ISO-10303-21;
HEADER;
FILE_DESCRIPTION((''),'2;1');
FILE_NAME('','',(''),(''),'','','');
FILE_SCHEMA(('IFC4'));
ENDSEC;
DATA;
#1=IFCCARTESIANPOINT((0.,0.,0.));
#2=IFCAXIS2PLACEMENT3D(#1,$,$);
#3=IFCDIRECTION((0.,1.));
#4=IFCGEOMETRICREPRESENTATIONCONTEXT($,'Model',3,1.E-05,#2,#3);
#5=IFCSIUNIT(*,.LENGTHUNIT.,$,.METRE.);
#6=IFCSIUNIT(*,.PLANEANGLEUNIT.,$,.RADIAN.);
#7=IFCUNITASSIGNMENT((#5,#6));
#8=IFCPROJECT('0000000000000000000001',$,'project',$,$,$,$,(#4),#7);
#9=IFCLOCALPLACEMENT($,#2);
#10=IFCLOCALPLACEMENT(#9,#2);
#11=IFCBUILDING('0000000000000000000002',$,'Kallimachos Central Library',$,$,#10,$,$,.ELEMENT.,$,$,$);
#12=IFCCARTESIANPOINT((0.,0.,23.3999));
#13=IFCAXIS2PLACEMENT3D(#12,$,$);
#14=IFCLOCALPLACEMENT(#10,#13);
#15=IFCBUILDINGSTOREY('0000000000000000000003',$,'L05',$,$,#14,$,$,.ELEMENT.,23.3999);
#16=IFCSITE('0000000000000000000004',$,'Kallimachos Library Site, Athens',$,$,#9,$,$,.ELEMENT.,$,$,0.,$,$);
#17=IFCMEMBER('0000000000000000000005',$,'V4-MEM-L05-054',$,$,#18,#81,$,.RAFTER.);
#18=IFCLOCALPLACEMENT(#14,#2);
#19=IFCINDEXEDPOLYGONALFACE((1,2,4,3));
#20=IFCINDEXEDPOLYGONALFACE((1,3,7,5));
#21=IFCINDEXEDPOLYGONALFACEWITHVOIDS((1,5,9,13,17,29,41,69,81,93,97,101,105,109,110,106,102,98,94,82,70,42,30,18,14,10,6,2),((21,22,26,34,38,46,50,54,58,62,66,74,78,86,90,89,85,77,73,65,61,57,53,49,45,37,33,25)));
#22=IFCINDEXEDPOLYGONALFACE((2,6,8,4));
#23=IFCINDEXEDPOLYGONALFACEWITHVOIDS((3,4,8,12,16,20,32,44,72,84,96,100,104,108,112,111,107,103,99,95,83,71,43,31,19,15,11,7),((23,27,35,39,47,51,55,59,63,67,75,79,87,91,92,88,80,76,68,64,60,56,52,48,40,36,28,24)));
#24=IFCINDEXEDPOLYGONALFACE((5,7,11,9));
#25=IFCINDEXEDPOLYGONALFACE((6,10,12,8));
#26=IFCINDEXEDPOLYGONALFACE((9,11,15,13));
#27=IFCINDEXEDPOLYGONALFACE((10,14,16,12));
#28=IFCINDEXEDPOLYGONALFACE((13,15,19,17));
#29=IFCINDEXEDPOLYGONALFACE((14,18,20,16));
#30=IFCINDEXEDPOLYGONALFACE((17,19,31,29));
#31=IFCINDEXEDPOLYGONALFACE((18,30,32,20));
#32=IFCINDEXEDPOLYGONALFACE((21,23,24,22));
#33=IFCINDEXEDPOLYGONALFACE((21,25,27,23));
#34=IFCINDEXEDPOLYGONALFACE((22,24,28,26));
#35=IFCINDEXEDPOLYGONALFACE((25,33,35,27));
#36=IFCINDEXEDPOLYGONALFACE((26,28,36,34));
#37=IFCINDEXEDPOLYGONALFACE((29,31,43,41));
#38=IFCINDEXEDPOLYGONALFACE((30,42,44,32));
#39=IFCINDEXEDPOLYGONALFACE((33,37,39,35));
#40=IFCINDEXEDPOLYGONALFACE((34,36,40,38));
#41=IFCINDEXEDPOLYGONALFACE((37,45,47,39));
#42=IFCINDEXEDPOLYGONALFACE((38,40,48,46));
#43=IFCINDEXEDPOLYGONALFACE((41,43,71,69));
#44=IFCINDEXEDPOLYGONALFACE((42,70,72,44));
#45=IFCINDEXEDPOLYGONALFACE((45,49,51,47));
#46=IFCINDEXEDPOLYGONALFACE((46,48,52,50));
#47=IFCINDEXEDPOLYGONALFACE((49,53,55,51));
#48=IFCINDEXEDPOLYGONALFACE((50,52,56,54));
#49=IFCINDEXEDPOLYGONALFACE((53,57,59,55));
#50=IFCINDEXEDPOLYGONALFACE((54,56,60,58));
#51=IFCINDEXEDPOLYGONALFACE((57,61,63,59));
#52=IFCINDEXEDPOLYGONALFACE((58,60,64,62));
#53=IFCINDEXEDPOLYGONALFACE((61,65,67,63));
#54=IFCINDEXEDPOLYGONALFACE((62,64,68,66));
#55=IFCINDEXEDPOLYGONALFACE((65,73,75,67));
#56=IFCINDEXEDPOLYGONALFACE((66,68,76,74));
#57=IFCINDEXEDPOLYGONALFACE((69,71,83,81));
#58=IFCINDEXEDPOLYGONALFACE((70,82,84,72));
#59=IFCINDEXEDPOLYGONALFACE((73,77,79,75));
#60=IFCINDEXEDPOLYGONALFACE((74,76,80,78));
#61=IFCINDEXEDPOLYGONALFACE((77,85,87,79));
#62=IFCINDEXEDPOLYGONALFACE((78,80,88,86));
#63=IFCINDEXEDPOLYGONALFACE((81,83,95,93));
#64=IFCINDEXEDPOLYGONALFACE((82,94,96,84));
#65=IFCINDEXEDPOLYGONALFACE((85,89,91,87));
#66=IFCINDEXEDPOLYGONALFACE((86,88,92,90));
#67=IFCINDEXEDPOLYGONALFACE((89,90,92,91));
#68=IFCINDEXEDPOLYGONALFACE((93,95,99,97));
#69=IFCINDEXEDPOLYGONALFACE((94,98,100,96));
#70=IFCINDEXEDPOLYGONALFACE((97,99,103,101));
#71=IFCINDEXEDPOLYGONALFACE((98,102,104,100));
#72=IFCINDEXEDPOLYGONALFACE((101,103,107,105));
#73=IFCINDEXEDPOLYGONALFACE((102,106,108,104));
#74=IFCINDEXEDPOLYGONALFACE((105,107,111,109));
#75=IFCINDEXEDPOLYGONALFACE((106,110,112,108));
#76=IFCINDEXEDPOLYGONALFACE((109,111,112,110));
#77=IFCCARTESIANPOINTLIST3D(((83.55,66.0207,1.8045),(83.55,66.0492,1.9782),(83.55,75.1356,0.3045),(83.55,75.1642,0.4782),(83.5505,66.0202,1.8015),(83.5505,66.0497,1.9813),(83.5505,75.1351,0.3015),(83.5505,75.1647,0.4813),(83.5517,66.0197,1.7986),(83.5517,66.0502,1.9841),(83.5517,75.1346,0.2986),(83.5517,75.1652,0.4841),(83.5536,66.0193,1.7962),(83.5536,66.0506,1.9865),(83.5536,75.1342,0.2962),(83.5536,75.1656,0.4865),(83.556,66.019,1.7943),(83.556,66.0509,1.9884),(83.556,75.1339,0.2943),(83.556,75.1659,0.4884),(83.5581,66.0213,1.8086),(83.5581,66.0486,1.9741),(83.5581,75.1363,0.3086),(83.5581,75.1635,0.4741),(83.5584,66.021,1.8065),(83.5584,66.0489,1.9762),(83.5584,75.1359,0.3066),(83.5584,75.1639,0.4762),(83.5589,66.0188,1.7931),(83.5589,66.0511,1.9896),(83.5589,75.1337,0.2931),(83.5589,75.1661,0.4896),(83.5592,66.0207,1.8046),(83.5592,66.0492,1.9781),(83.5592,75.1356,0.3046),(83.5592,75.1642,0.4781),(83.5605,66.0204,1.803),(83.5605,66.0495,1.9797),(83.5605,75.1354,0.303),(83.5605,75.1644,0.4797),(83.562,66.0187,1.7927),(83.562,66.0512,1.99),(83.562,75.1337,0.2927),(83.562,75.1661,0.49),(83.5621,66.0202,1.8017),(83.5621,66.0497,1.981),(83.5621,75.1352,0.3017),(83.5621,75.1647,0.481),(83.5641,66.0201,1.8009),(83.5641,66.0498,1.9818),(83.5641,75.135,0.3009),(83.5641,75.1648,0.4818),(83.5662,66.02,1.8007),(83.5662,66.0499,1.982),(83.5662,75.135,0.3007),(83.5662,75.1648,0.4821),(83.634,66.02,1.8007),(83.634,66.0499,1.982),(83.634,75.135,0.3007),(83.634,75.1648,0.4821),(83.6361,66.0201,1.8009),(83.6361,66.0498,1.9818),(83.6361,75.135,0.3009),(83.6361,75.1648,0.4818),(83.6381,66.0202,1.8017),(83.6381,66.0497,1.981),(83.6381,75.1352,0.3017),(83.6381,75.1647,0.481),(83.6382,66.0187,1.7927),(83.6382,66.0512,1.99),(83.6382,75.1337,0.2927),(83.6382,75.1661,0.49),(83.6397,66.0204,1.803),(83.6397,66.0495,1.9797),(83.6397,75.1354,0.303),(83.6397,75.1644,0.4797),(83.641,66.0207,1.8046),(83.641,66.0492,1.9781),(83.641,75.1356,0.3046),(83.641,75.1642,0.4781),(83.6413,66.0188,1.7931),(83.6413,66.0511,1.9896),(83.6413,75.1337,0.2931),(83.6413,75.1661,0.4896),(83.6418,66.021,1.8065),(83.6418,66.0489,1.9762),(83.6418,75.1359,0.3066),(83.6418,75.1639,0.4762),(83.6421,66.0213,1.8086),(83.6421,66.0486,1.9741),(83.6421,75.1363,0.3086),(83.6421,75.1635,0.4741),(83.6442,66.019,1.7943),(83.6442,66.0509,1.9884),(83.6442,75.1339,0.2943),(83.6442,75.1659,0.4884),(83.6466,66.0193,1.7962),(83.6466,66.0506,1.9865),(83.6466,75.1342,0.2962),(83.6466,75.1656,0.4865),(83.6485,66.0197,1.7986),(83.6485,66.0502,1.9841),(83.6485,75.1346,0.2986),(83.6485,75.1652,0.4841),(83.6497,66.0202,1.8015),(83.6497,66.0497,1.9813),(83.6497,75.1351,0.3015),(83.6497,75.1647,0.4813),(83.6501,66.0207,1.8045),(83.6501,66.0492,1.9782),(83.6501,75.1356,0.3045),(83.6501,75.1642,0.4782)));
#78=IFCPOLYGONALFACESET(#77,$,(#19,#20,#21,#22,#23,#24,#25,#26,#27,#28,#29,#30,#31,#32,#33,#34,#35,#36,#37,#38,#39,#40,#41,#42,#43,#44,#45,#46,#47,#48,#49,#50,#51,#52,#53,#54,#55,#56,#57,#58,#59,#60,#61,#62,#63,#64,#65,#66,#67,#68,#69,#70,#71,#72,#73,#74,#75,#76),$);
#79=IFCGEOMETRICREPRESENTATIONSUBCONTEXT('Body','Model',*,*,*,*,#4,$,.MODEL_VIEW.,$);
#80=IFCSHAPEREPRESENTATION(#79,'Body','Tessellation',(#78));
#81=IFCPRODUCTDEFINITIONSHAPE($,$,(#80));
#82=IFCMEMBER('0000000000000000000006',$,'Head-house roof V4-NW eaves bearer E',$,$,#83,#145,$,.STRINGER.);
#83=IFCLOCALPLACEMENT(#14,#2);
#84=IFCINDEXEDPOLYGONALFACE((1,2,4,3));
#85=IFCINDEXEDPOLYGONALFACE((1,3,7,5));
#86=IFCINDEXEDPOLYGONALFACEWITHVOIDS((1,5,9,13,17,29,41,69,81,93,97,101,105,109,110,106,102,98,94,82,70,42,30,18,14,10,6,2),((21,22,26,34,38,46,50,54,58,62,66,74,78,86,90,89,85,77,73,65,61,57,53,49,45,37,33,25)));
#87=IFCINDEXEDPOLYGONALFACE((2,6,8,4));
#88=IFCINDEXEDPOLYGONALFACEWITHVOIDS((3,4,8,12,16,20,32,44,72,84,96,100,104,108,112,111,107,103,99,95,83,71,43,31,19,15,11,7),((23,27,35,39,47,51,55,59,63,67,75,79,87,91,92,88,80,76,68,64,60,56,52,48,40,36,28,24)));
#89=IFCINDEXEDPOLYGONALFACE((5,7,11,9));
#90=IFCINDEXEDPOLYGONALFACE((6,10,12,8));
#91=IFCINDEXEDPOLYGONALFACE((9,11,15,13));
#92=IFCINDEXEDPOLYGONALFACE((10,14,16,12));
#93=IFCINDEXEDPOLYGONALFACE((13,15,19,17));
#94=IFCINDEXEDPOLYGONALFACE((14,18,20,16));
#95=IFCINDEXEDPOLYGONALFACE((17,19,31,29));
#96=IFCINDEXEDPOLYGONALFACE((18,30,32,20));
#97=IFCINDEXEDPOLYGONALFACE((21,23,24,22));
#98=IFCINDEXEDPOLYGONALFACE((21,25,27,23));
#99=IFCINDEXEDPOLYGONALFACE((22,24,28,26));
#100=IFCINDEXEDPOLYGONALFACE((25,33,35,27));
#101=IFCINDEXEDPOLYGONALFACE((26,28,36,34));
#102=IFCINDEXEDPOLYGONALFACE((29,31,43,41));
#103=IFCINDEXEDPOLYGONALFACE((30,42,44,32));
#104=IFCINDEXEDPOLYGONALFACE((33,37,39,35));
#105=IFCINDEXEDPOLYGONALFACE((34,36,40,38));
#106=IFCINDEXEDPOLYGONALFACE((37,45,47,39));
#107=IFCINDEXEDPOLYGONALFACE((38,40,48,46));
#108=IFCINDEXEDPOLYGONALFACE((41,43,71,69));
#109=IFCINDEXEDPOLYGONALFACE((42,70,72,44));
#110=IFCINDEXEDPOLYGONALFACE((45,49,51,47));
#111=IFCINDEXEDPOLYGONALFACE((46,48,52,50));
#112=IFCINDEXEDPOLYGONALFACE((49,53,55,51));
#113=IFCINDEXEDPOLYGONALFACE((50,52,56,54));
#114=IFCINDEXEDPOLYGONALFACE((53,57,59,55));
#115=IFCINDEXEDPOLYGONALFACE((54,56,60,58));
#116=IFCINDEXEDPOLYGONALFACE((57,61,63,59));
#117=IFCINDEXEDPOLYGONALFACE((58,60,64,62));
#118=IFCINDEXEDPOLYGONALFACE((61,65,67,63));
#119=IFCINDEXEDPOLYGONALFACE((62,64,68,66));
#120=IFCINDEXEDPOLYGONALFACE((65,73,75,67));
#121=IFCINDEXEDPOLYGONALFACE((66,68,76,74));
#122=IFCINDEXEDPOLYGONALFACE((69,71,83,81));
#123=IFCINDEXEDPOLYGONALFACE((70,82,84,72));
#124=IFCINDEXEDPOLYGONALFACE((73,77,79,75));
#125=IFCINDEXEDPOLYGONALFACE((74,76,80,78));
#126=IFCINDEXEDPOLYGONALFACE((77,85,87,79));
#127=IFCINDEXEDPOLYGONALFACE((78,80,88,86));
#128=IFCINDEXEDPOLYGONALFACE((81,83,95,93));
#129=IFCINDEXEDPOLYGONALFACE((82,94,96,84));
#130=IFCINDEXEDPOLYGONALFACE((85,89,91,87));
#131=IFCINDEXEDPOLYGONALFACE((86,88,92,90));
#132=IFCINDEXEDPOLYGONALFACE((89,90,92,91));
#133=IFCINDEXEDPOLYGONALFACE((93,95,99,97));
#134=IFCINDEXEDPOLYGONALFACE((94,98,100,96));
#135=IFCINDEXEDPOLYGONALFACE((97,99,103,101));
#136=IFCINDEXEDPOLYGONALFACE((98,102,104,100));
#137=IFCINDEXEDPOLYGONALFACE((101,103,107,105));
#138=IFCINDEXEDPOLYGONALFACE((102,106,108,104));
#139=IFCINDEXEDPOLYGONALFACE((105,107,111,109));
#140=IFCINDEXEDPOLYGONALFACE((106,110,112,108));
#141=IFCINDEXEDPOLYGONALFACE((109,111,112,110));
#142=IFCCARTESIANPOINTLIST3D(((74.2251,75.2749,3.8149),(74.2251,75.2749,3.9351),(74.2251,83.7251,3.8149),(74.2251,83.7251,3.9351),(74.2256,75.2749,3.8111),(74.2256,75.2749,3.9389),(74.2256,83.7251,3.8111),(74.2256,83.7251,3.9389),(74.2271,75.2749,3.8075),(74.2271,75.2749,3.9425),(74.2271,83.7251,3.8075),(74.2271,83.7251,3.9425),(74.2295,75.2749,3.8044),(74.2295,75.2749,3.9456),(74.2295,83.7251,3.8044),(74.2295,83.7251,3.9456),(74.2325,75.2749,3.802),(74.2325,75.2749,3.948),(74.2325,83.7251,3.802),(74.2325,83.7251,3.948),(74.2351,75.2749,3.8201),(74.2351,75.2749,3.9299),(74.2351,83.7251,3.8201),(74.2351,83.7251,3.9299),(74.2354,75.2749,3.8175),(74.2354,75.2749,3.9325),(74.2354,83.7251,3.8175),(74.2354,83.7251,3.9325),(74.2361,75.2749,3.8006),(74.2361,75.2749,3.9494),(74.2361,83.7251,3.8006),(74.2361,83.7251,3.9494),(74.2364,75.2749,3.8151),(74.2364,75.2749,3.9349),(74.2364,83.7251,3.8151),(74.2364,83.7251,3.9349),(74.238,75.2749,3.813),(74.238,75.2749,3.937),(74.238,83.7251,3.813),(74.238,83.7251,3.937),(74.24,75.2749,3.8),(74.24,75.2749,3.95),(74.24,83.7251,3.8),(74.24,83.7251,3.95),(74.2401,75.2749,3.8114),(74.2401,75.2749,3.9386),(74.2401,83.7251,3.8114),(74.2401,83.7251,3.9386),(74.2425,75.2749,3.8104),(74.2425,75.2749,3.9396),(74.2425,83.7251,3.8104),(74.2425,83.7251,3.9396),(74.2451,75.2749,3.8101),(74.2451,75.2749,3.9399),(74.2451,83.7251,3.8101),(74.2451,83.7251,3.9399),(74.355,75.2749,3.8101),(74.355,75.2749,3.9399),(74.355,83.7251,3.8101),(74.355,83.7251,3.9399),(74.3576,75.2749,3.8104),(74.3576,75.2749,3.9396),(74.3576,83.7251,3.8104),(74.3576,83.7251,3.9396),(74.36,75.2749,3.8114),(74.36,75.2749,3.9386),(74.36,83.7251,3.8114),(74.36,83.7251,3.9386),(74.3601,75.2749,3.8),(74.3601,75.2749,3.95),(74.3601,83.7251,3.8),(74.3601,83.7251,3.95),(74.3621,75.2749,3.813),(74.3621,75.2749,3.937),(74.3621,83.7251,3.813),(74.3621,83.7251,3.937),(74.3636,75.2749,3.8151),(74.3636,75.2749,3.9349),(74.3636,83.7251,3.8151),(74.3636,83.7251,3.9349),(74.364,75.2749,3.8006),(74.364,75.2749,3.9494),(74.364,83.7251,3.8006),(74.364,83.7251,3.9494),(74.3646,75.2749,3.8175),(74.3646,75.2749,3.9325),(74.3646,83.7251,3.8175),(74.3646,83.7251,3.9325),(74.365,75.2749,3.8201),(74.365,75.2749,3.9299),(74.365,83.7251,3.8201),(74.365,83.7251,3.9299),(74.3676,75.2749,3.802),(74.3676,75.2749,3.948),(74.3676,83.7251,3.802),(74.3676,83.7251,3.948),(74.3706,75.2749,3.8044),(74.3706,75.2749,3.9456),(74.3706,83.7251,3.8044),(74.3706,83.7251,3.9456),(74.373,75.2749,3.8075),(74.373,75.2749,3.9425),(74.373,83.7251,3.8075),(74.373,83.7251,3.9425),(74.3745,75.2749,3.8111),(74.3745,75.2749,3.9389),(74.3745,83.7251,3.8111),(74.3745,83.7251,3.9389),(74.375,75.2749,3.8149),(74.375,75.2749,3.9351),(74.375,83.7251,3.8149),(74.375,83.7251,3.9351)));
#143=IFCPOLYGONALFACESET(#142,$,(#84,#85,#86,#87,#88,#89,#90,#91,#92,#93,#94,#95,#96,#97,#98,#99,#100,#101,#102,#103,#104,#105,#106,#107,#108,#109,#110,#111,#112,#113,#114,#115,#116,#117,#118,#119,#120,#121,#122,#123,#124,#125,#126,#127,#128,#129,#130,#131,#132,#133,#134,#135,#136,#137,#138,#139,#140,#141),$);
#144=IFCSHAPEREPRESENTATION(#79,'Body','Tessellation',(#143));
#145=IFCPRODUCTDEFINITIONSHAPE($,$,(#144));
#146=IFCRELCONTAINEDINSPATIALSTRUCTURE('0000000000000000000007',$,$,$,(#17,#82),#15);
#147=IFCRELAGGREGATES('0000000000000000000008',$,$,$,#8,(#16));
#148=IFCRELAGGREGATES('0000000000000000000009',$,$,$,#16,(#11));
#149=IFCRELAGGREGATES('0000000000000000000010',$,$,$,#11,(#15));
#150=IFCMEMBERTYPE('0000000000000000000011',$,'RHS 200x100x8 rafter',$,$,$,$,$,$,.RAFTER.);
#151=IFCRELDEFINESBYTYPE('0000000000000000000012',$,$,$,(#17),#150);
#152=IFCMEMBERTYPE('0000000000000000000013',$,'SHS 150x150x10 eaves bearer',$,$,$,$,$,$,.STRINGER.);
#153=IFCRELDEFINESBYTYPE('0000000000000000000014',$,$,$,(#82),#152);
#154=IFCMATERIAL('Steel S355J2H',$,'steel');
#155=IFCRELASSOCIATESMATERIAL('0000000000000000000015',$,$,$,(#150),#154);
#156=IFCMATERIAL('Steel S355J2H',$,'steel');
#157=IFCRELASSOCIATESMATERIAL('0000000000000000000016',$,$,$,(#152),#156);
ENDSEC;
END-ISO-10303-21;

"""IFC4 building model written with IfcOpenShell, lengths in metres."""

from ifc_helpers import new_model, si_unit, direction, frame, origin, origin_2d, place, context, subcontext, project, spatial, hollow_rectangle, extrude, material, material_profile, profile_set, type_object, element, save


model = new_model("IFC4")

# Units and contexts
model_context = context("Model", 3, precision=1e-05, world=origin(), true_north=direction((0.0, 1.0)))
body_context = subcontext(model_context, "Body", "Model", "MODEL_VIEW")
ifc_project = project(units=[si_unit("LENGTHUNIT", "METRE"), si_unit("PLANEANGLEUNIT", "RADIAN")], contexts=[model_context])

# Site, building, storey
site_placement = place(None, origin())
site = spatial("IfcSite", under=ifc_project, at=site_placement, Name="Kallimachos Library Site, Athens", CompositionType="ELEMENT", RefElevation=0.0)
building_placement = place(site_placement, origin())
building = spatial("IfcBuilding", under=site, at=building_placement, Name="Kallimachos Central Library", CompositionType="ELEMENT")
storey_placement = place(building_placement, frame((0.0, 0.0, 23.3999)))
storey = spatial("IfcBuildingStorey", under=building, at=storey_placement, Name="L05", CompositionType="ELEMENT", Elevation=23.3999)

# Members
ifc_material_1 = material(Name="Steel S355J2H", Category="steel")
ifc_material_profile_1 = material_profile(ifc_material_1, hollow_rectangle(XDim=0.1001, YDim=0.2, WallThickness=0.0081, InnerFilletRadius=0.0081, OuterFilletRadius=0.012, at=origin_2d()), Name="RHS 200x100x8")
ifc_profile_set_1 = profile_set([ifc_material_profile_1], Name="Steel S355J2H")
member_type_1 = type_object("IfcMemberType", Name="RHS 200x100x8 rafter", PredefinedType="RAFTER", material=ifc_profile_set_1)
member_1_placement = place(storey_placement, frame((83.6001, 75.1499, 0.3914), z_axis=(0.0, -0.986728, 0.16238), x_axis=(1.0, 0.0, 0.0)))
element("IfcMember", 1, at=member_1_placement, inside=storey, type_object=member_type_1, Name="V4-MEM-L05-054", PredefinedType="RAFTER", context=body_context, shape_type="SweptSolid", body=[
    extrude(hollow_rectangle(XDim=0.1001, YDim=0.2, WallThickness=0.0081, InnerFilletRadius=0.0081, OuterFilletRadius=0.012, at=origin_2d()), origin(), (0.0, 0.0, 1.0), 9.2375),
])
ifc_material_2 = material(Name="Steel S355J2H", Category="steel")
ifc_material_profile_2 = material_profile(ifc_material_2, hollow_rectangle(XDim=0.1499, YDim=0.1499, WallThickness=0.01, InnerFilletRadius=0.01, OuterFilletRadius=0.0149, at=origin_2d()), Name="SHS 150x150x10")
ifc_profile_set_2 = profile_set([ifc_material_profile_2], Name="Steel S355J2H")
member_type_2 = type_object("IfcMemberType", Name="SHS 150x150x10 eaves bearer", PredefinedType="STRINGER", material=ifc_profile_set_2)
member_2_placement = place(storey_placement, frame((74.3, 75.2749, 3.875), z_axis=(0.0, 1.0, 0.0), x_axis=(-1.0, 0.0, 0.0)))
element("IfcMember", 2, at=member_2_placement, inside=storey, type_object=member_type_2, Name="Head-house roof V4-NW eaves bearer E", PredefinedType="STRINGER", context=body_context, shape_type="SweptSolid", body=[
    extrude(hollow_rectangle(XDim=0.1499, YDim=0.1499, WallThickness=0.01, InnerFilletRadius=0.01, OuterFilletRadius=0.0149, at=origin_2d()), origin(), (0.0, 0.0, 1.0), 8.4502),
])

save(model, "model.ifc")
